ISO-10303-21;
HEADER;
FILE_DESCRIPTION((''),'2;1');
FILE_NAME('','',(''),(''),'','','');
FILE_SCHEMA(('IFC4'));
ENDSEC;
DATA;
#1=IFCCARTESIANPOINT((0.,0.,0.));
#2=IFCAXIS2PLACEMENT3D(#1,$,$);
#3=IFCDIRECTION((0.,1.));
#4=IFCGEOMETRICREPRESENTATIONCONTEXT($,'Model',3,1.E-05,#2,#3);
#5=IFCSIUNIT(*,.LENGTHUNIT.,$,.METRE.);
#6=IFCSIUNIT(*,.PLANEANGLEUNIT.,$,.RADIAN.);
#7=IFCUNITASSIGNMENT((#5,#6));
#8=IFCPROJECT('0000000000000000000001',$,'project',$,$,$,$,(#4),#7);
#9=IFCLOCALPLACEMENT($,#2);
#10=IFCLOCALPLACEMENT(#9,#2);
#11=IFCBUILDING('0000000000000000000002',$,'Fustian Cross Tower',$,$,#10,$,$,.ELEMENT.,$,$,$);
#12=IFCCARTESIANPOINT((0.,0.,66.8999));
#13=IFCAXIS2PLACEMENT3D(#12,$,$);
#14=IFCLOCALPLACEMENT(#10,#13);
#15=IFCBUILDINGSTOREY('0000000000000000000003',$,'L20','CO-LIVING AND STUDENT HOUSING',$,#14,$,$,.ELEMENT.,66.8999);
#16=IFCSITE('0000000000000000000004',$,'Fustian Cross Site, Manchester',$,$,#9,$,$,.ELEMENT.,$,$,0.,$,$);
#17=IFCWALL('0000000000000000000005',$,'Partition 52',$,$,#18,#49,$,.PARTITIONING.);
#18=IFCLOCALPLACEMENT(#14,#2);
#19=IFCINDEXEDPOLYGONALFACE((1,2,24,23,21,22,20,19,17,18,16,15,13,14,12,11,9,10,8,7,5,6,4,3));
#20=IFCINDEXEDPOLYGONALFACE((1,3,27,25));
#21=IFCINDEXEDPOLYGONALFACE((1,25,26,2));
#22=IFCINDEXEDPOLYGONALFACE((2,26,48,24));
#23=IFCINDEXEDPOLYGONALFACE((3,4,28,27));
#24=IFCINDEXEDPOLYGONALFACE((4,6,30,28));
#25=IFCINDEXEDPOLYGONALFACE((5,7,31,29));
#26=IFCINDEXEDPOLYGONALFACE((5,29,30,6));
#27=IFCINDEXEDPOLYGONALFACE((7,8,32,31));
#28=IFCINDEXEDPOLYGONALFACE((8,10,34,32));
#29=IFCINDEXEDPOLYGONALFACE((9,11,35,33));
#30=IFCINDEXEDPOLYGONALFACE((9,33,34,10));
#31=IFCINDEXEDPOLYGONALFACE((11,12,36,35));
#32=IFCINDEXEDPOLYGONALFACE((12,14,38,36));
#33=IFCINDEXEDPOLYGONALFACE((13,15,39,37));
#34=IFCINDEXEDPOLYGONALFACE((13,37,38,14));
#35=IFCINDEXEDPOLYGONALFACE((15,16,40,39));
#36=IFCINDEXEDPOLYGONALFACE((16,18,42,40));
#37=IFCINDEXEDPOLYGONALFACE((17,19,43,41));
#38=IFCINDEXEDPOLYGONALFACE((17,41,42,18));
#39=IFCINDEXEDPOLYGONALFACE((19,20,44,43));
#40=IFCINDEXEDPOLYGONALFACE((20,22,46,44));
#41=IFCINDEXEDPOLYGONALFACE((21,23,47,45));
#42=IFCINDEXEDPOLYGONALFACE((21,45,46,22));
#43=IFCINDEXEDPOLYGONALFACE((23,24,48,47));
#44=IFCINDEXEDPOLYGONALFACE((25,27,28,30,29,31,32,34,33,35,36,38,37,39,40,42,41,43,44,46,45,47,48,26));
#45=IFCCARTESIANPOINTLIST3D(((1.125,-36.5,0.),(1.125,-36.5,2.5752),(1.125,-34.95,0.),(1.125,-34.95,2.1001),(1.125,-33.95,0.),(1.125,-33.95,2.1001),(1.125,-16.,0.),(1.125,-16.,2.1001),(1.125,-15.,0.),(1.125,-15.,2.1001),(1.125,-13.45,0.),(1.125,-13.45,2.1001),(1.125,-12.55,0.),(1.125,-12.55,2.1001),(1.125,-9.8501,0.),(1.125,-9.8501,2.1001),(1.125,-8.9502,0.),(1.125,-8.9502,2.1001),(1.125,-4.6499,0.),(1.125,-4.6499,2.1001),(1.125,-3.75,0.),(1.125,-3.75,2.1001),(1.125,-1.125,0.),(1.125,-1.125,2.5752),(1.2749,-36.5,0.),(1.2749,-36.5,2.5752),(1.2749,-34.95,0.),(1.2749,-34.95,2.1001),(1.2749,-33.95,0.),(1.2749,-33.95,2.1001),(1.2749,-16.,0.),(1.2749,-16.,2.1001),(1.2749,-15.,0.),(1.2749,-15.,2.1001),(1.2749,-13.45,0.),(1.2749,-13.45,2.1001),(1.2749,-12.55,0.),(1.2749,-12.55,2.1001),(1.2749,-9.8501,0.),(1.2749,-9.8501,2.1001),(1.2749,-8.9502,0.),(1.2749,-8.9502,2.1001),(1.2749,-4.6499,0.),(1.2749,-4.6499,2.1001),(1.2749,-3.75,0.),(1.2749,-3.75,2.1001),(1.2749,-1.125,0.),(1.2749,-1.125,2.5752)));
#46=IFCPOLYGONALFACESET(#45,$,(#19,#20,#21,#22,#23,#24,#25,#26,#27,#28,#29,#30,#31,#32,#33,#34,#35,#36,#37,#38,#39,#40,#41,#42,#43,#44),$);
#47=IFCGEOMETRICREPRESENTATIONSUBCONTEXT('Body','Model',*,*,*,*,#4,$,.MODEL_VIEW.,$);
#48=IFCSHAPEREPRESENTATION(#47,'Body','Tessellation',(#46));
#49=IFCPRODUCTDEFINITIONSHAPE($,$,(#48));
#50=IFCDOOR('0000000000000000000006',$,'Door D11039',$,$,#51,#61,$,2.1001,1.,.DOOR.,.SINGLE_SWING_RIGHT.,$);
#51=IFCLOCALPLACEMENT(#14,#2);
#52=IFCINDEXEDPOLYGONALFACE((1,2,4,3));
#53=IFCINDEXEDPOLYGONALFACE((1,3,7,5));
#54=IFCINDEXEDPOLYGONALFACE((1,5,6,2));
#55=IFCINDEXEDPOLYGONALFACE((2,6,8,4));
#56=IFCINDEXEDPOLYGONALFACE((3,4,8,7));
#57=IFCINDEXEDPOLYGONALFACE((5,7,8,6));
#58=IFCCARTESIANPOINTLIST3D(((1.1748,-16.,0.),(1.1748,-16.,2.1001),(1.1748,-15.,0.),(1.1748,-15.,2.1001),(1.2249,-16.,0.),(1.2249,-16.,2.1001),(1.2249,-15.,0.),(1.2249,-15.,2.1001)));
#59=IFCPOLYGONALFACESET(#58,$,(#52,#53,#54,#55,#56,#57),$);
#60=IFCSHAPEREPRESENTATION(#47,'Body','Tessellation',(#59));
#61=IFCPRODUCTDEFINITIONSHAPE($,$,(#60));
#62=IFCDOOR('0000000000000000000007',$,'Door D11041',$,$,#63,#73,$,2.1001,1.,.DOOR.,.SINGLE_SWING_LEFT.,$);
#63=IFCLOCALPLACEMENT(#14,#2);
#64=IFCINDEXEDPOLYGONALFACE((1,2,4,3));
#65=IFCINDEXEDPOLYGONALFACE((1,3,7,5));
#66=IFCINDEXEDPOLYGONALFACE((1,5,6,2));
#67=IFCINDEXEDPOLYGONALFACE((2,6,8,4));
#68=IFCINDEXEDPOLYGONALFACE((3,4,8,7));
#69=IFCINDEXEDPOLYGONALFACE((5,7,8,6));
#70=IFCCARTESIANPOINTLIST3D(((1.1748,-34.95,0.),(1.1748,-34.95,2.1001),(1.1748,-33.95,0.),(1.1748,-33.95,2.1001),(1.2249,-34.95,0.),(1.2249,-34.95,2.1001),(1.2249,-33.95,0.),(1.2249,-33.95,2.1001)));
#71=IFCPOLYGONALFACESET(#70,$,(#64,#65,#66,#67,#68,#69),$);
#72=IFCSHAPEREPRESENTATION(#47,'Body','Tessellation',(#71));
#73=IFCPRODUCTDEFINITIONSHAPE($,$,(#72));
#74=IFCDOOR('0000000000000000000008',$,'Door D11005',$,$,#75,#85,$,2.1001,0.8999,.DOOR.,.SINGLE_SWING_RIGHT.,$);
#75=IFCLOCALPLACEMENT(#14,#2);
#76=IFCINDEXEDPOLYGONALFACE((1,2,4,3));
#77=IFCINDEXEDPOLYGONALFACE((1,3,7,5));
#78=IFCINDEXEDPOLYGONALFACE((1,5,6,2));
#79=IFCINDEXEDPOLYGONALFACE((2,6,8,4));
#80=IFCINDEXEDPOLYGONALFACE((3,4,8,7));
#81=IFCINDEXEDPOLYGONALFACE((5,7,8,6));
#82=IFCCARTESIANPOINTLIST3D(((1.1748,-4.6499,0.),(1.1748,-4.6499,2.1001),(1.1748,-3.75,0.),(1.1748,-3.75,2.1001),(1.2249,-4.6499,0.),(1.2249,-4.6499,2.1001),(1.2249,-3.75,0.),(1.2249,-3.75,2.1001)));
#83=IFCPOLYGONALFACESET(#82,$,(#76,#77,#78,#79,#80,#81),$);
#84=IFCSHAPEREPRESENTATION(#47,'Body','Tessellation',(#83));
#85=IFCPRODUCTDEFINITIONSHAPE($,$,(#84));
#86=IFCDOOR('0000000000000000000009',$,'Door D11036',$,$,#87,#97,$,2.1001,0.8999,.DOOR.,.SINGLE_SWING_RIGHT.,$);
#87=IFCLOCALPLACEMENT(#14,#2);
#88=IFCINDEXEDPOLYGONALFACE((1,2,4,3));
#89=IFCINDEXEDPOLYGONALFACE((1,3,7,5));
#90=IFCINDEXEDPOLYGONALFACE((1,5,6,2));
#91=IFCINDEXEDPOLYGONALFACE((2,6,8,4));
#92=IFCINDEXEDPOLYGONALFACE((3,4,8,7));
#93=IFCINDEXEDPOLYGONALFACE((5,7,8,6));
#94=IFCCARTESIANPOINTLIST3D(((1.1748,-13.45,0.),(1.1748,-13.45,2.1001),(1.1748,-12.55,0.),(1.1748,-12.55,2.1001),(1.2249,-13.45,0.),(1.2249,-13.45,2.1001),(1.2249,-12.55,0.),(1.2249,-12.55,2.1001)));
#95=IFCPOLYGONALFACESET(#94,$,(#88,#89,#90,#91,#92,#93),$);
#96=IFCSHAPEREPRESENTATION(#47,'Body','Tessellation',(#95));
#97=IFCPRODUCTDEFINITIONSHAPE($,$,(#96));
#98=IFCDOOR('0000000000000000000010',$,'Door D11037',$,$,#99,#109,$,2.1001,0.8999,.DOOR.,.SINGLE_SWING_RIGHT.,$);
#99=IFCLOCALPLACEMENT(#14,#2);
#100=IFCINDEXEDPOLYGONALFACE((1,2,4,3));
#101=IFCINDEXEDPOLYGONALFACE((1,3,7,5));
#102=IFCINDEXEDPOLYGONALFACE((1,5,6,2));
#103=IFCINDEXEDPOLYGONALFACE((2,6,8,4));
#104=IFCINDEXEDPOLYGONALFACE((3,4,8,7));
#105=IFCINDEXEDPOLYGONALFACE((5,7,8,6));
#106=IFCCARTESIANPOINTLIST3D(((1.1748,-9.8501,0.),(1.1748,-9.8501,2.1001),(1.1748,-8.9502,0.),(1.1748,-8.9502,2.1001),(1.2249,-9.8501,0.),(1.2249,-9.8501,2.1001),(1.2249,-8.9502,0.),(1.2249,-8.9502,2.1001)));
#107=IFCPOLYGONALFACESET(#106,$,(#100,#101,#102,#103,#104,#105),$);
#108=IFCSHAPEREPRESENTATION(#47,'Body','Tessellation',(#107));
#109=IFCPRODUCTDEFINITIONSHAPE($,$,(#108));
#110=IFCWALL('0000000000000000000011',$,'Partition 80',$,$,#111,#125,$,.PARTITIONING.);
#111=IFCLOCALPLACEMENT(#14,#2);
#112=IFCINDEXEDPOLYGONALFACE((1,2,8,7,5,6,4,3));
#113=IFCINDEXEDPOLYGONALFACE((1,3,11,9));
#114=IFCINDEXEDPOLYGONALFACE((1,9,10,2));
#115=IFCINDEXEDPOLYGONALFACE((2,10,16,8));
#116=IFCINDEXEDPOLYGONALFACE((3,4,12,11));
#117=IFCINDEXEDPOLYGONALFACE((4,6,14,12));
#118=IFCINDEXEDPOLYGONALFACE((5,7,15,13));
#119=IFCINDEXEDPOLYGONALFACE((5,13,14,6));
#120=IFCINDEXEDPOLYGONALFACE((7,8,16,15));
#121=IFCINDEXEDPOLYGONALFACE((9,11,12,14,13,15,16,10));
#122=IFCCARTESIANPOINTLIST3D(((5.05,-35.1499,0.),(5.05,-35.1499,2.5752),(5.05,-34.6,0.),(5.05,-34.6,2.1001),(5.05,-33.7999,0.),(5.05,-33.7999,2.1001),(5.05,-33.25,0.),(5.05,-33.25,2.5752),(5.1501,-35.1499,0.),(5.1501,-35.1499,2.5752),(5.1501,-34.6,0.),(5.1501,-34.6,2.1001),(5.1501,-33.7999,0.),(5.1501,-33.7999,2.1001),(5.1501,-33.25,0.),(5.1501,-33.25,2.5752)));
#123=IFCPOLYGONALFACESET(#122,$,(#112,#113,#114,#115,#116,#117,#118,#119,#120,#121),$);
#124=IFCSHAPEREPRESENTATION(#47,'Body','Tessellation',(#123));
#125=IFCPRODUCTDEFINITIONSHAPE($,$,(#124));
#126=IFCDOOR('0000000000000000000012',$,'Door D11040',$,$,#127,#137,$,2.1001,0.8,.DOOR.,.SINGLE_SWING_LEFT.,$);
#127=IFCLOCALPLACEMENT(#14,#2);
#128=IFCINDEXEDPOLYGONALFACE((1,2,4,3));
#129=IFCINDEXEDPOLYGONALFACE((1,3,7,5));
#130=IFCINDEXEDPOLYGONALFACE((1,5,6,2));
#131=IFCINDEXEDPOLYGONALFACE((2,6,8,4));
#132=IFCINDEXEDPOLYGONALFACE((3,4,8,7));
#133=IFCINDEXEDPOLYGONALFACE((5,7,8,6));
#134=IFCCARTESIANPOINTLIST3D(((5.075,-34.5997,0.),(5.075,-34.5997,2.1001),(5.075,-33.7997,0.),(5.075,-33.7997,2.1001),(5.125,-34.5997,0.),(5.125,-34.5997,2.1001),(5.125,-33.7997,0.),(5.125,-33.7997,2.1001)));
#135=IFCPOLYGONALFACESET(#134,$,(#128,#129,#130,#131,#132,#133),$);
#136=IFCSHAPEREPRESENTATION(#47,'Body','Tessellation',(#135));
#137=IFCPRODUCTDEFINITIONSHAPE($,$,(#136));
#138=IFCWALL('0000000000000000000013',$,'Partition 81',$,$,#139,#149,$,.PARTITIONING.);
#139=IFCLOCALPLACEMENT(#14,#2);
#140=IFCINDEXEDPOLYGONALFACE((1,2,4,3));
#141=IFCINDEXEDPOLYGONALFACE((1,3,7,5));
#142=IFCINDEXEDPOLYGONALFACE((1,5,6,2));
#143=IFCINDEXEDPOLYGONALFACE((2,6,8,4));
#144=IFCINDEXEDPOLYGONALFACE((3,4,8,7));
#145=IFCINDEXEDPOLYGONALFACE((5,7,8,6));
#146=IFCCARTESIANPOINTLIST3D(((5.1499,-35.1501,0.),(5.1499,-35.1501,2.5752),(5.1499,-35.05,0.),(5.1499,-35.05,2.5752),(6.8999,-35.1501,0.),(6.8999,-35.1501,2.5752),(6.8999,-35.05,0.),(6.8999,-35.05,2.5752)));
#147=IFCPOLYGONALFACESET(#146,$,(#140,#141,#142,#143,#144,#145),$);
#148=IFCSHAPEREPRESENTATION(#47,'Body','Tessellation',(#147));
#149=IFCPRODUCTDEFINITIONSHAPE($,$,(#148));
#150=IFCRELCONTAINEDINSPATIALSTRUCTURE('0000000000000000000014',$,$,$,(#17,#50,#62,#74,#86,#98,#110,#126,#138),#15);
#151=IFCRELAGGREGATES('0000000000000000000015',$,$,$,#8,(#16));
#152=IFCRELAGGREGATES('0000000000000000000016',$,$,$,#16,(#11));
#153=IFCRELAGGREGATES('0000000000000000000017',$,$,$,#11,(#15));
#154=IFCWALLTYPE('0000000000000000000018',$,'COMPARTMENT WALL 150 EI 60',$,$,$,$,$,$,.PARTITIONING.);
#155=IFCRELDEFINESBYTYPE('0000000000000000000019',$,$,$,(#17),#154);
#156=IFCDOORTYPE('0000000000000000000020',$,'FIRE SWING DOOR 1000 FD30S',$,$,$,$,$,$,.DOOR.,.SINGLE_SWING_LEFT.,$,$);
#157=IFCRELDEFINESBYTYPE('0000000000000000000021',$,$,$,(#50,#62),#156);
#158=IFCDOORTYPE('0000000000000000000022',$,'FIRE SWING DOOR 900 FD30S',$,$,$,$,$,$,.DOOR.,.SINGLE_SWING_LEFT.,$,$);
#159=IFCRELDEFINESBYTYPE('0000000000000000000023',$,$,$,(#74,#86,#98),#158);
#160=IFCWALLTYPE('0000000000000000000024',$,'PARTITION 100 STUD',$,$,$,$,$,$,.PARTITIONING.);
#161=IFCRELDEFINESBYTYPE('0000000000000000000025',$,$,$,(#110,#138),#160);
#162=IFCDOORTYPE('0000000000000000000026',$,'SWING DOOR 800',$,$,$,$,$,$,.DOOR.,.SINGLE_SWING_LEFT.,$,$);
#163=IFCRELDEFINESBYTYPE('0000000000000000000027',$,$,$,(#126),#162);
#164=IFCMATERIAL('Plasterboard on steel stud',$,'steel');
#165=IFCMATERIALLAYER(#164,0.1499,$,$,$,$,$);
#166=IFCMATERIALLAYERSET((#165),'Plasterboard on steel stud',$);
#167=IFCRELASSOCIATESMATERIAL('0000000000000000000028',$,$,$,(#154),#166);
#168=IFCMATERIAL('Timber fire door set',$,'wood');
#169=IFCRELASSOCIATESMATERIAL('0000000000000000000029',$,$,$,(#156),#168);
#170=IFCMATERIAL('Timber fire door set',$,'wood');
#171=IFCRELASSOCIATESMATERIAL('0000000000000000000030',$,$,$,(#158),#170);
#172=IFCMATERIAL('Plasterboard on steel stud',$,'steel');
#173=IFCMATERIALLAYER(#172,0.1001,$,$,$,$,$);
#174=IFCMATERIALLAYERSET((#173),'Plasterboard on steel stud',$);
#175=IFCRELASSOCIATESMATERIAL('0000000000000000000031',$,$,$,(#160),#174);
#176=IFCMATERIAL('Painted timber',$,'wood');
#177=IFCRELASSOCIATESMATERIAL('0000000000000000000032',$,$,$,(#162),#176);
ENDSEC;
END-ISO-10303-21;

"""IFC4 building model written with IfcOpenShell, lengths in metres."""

from ifc_helpers import new_model, si_unit, direction, frame, frame_2d, origin, place, context, subcontext, project, spatial, rectangle, extrude, material, layer, layer_set, type_object, element, fill, save


model = new_model("IFC4")

# Units and contexts
model_context = context("Model", 3, precision=1e-05, world=origin(), true_north=direction((0.0, 1.0)))
body_context = subcontext(model_context, "Body", "Model", "MODEL_VIEW")
ifc_project = project(units=[si_unit("LENGTHUNIT", "METRE"), si_unit("PLANEANGLEUNIT", "RADIAN")], contexts=[model_context])

# Site, building, storey
site_placement = place(None, origin())
site = spatial("IfcSite", under=ifc_project, at=site_placement, Name="Fustian Cross Site, Manchester", CompositionType="ELEMENT", RefElevation=0.0)
building_placement = place(site_placement, origin())
building = spatial("IfcBuilding", under=site, at=building_placement, Name="Fustian Cross Tower", CompositionType="ELEMENT")
storey_placement = place(building_placement, frame((0.0, 0.0, 66.8999)))
storey = spatial("IfcBuildingStorey", under=building, at=storey_placement, Name="L20", Description="CO-LIVING AND STUDENT HOUSING", CompositionType="ELEMENT", Elevation=66.8999)

# Wall, openings, doors
ifc_material_1 = material(Name="Plasterboard on steel stud", Category="steel")
ifc_layer_1 = layer(ifc_material_1, 0.1499)
ifc_layer_set_1 = layer_set([ifc_layer_1], Name="Plasterboard on steel stud")
wall_type_1 = type_object("IfcWallType", Name="COMPARTMENT WALL 150 EI 60", PredefinedType="PARTITIONING", material=ifc_layer_set_1)
wall_1_placement = place(storey_placement, frame((1.2, -36.5, 0.0), z_axis=(0.0, 0.0, 1.0), x_axis=(0.0, 1.0, 0.0)))
wall_1 = element("IfcWall", 1, at=wall_1_placement, inside=storey, type_object=wall_type_1, Name="Partition 52", PredefinedType="PARTITIONING", context=body_context, shape_type="SweptSolid", body=[
    extrude(rectangle(XDim=35.375, YDim=0.1499, at=frame_2d((17.6875, 0.0))), origin(), (0.0, 0.0, 1.0), 2.5752),
])
opening_1_placement = place(wall_1_placement, frame((31.8501, 0.0, 0.0)))
opening_1 = element("IfcOpeningElement", 2, at=opening_1_placement, cuts=wall_1, PredefinedType="OPENING", context=body_context, shape_type="SweptSolid", body=[
    extrude(rectangle(XDim=0.8999, YDim=2.1001, at=frame_2d((0.45, 1.05))), frame((0.0, 0.085, 0.0), z_axis=(0.0, -1.0, 0.0), x_axis=(1.0, 0.0, 0.0)), (0.0, 0.0, 1.0), 0.1699),
])
opening_2_placement = place(wall_1_placement, frame((23.05, 0.0, 0.0)))
opening_2 = element("IfcOpeningElement", 3, at=opening_2_placement, cuts=wall_1, PredefinedType="OPENING", context=body_context, shape_type="SweptSolid", body=[
    extrude(rectangle(XDim=0.8999, YDim=2.1001, at=frame_2d((0.45, 1.05))), frame((0.0, 0.085, 0.0), z_axis=(0.0, -1.0, 0.0), x_axis=(1.0, 0.0, 0.0)), (0.0, 0.0, 1.0), 0.1699),
])
opening_3_placement = place(wall_1_placement, frame((26.6499, 0.0, 0.0)))
opening_3 = element("IfcOpeningElement", 4, at=opening_3_placement, cuts=wall_1, PredefinedType="OPENING", context=body_context, shape_type="SweptSolid", body=[
    extrude(rectangle(XDim=0.8999, YDim=2.1001, at=frame_2d((0.45, 1.05))), frame((0.0, 0.085, 0.0), z_axis=(0.0, -1.0, 0.0), x_axis=(1.0, 0.0, 0.0)), (0.0, 0.0, 1.0), 0.1699),
])
opening_4_placement = place(wall_1_placement, frame((20.5, 0.0, 0.0)))
opening_4 = element("IfcOpeningElement", 5, at=opening_4_placement, cuts=wall_1, PredefinedType="OPENING", context=body_context, shape_type="SweptSolid", body=[
    extrude(rectangle(XDim=1.0, YDim=2.1001, at=frame_2d((0.5, 1.05))), frame((0.0, 0.085, 0.0), z_axis=(0.0, -1.0, 0.0), x_axis=(1.0, 0.0, 0.0)), (0.0, 0.0, 1.0), 0.1699),
])
opening_5_placement = place(wall_1_placement, frame((1.55, 0.0, 0.0)))
opening_5 = element("IfcOpeningElement", 6, at=opening_5_placement, cuts=wall_1, PredefinedType="OPENING", context=body_context, shape_type="SweptSolid", body=[
    extrude(rectangle(XDim=1.0, YDim=2.1001, at=frame_2d((0.5, 1.05))), frame((0.0, 0.085, 0.0), z_axis=(0.0, -1.0, 0.0), x_axis=(1.0, 0.0, 0.0)), (0.0, 0.0, 1.0), 0.1699),
])
ifc_material_2 = material(Name="Timber fire door set", Category="wood")
door_type_1 = type_object("IfcDoorType", Name="FIRE SWING DOOR 1000 FD30S", OperationType="SINGLE_SWING_LEFT", PredefinedType="DOOR", material=ifc_material_2)
door_1_placement = place(opening_4_placement, frame((1.0, 0.0, 0.0), z_axis=(0.0, 0.0, 1.0), x_axis=(-1.0, 0.0, 0.0)))
door_1 = element("IfcDoor", 7, at=door_1_placement, inside=storey, type_object=door_type_1, Name="Door D11039", OperationType="SINGLE_SWING_RIGHT", OverallHeight=2.1001, OverallWidth=1.0, PredefinedType="DOOR", context=body_context, shape_type="SweptSolid", body=[
    extrude(rectangle(XDim=1.0, YDim=2.1001, at=frame_2d((0.5, 1.05))), frame((0.0, 0.0249, 0.0), z_axis=(0.0, -1.0, 0.0), x_axis=(1.0, 0.0, 0.0)), (0.0, 0.0, 1.0), 0.05),
])
fill(opening_4, door_1)
door_2_placement = place(opening_5_placement, frame((1.0, 0.0, 0.0), z_axis=(0.0, 0.0, 1.0), x_axis=(-1.0, 0.0, 0.0)))
door_2 = element("IfcDoor", 8, at=door_2_placement, inside=storey, type_object=door_type_1, Name="Door D11041", OperationType="SINGLE_SWING_LEFT", OverallHeight=2.1001, OverallWidth=1.0, PredefinedType="DOOR", context=body_context, shape_type="SweptSolid", body=[
    extrude(rectangle(XDim=1.0, YDim=2.1001, at=frame_2d((0.5, 1.05))), frame((0.0, 0.0249, 0.0), z_axis=(0.0, -1.0, 0.0), x_axis=(1.0, 0.0, 0.0)), (0.0, 0.0, 1.0), 0.05),
])
fill(opening_5, door_2)
ifc_material_3 = material(Name="Timber fire door set", Category="wood")
door_type_2 = type_object("IfcDoorType", Name="FIRE SWING DOOR 900 FD30S", OperationType="SINGLE_SWING_LEFT", PredefinedType="DOOR", material=ifc_material_3)
door_3_placement = place(opening_1_placement, frame((0.8999, 0.0, 0.0), z_axis=(0.0, 0.0, 1.0), x_axis=(-1.0, 0.0, 0.0)))
door_3 = element("IfcDoor", 9, at=door_3_placement, inside=storey, type_object=door_type_2, Name="Door D11005", OperationType="SINGLE_SWING_RIGHT", OverallHeight=2.1001, OverallWidth=0.8999, PredefinedType="DOOR", context=body_context, shape_type="SweptSolid", body=[
    extrude(rectangle(XDim=0.8999, YDim=2.1001, at=frame_2d((0.45, 1.05))), frame((0.0, 0.0249, 0.0), z_axis=(0.0, -1.0, 0.0), x_axis=(1.0, 0.0, 0.0)), (0.0, 0.0, 1.0), 0.05),
])
fill(opening_1, door_3)
door_4_placement = place(opening_2_placement, frame((0.8999, 0.0, 0.0), z_axis=(0.0, 0.0, 1.0), x_axis=(-1.0, 0.0, 0.0)))
door_4 = element("IfcDoor", 10, at=door_4_placement, inside=storey, type_object=door_type_2, Name="Door D11036", OperationType="SINGLE_SWING_RIGHT", OverallHeight=2.1001, OverallWidth=0.8999, PredefinedType="DOOR", context=body_context, shape_type="SweptSolid", body=[
    extrude(rectangle(XDim=0.8999, YDim=2.1001, at=frame_2d((0.45, 1.05))), frame((0.0, 0.0249, 0.0), z_axis=(0.0, -1.0, 0.0), x_axis=(1.0, 0.0, 0.0)), (0.0, 0.0, 1.0), 0.05),
])
fill(opening_2, door_4)
door_5_placement = place(opening_3_placement, frame((0.8999, 0.0, 0.0), z_axis=(0.0, 0.0, 1.0), x_axis=(-1.0, 0.0, 0.0)))
door_5 = element("IfcDoor", 11, at=door_5_placement, inside=storey, type_object=door_type_2, Name="Door D11037", OperationType="SINGLE_SWING_RIGHT", OverallHeight=2.1001, OverallWidth=0.8999, PredefinedType="DOOR", context=body_context, shape_type="SweptSolid", body=[
    extrude(rectangle(XDim=0.8999, YDim=2.1001, at=frame_2d((0.45, 1.05))), frame((0.0, 0.0249, 0.0), z_axis=(0.0, -1.0, 0.0), x_axis=(1.0, 0.0, 0.0)), (0.0, 0.0, 1.0), 0.05),
])
fill(opening_3, door_5)

# Wall, opening, door
ifc_material_4 = material(Name="Plasterboard on steel stud", Category="steel")
ifc_layer_2 = layer(ifc_material_4, 0.1001)
ifc_layer_set_2 = layer_set([ifc_layer_2], Name="Plasterboard on steel stud")
wall_type_2 = type_object("IfcWallType", Name="PARTITION 100 STUD", PredefinedType="PARTITIONING", material=ifc_layer_set_2)
wall_2_placement = place(storey_placement, frame((5.1001, -35.1499, 0.0), z_axis=(0.0, 0.0, 1.0), x_axis=(0.0, 1.0, 0.0)))
wall_2 = element("IfcWall", 12, at=wall_2_placement, inside=storey, type_object=wall_type_2, Name="Partition 80", PredefinedType="PARTITIONING", context=body_context, shape_type="SweptSolid", body=[
    extrude(rectangle(XDim=1.8999, YDim=0.1001, at=frame_2d((0.95, 0.0))), origin(), (0.0, 0.0, 1.0), 2.5752),
])
opening_6_placement = place(wall_2_placement, frame((0.55, 0.0, 0.0)))
opening_6 = element("IfcOpeningElement", 13, at=opening_6_placement, cuts=wall_2, PredefinedType="OPENING", context=body_context, shape_type="SweptSolid", body=[
    extrude(rectangle(XDim=0.8, YDim=2.1001, at=frame_2d((0.3999, 1.05))), frame((0.0, 0.0601, 0.0), z_axis=(0.0, -1.0, 0.0), x_axis=(1.0, 0.0, 0.0)), (0.0, 0.0, 1.0), 0.1201),
])
ifc_material_5 = material(Name="Painted timber", Category="wood")
door_type_3 = type_object("IfcDoorType", Name="SWING DOOR 800", OperationType="SINGLE_SWING_LEFT", PredefinedType="DOOR", material=ifc_material_5)
door_6_placement = place(opening_6_placement, frame((0.8, 0.0, 0.0), z_axis=(0.0, 0.0, 1.0), x_axis=(-1.0, 0.0, 0.0)))
door_6 = element("IfcDoor", 14, at=door_6_placement, inside=storey, type_object=door_type_3, Name="Door D11040", OperationType="SINGLE_SWING_LEFT", OverallHeight=2.1001, OverallWidth=0.8, PredefinedType="DOOR", context=body_context, shape_type="SweptSolid", body=[
    extrude(rectangle(XDim=0.8, YDim=2.1001, at=frame_2d((0.3999, 1.05))), frame((0.0, 0.0249, 0.0), z_axis=(0.0, -1.0, 0.0), x_axis=(1.0, 0.0, 0.0)), (0.0, 0.0, 1.0), 0.05),
])
fill(opening_6, door_6)

# Wall
wall_3_placement = place(storey_placement, frame((5.1499, -35.1001, 0.0), z_axis=(0.0, 0.0, 1.0), x_axis=(1.0, 0.0, 0.0)))
element("IfcWall", 15, at=wall_3_placement, inside=storey, type_object=wall_type_2, Name="Partition 81", PredefinedType="PARTITIONING", context=body_context, shape_type="SweptSolid", body=[
    extrude(rectangle(XDim=1.75, YDim=0.1001, at=frame_2d((0.875, 0.0))), origin(), (0.0, 0.0, 1.0), 2.5752),
])

save(model, "model.ifc")
